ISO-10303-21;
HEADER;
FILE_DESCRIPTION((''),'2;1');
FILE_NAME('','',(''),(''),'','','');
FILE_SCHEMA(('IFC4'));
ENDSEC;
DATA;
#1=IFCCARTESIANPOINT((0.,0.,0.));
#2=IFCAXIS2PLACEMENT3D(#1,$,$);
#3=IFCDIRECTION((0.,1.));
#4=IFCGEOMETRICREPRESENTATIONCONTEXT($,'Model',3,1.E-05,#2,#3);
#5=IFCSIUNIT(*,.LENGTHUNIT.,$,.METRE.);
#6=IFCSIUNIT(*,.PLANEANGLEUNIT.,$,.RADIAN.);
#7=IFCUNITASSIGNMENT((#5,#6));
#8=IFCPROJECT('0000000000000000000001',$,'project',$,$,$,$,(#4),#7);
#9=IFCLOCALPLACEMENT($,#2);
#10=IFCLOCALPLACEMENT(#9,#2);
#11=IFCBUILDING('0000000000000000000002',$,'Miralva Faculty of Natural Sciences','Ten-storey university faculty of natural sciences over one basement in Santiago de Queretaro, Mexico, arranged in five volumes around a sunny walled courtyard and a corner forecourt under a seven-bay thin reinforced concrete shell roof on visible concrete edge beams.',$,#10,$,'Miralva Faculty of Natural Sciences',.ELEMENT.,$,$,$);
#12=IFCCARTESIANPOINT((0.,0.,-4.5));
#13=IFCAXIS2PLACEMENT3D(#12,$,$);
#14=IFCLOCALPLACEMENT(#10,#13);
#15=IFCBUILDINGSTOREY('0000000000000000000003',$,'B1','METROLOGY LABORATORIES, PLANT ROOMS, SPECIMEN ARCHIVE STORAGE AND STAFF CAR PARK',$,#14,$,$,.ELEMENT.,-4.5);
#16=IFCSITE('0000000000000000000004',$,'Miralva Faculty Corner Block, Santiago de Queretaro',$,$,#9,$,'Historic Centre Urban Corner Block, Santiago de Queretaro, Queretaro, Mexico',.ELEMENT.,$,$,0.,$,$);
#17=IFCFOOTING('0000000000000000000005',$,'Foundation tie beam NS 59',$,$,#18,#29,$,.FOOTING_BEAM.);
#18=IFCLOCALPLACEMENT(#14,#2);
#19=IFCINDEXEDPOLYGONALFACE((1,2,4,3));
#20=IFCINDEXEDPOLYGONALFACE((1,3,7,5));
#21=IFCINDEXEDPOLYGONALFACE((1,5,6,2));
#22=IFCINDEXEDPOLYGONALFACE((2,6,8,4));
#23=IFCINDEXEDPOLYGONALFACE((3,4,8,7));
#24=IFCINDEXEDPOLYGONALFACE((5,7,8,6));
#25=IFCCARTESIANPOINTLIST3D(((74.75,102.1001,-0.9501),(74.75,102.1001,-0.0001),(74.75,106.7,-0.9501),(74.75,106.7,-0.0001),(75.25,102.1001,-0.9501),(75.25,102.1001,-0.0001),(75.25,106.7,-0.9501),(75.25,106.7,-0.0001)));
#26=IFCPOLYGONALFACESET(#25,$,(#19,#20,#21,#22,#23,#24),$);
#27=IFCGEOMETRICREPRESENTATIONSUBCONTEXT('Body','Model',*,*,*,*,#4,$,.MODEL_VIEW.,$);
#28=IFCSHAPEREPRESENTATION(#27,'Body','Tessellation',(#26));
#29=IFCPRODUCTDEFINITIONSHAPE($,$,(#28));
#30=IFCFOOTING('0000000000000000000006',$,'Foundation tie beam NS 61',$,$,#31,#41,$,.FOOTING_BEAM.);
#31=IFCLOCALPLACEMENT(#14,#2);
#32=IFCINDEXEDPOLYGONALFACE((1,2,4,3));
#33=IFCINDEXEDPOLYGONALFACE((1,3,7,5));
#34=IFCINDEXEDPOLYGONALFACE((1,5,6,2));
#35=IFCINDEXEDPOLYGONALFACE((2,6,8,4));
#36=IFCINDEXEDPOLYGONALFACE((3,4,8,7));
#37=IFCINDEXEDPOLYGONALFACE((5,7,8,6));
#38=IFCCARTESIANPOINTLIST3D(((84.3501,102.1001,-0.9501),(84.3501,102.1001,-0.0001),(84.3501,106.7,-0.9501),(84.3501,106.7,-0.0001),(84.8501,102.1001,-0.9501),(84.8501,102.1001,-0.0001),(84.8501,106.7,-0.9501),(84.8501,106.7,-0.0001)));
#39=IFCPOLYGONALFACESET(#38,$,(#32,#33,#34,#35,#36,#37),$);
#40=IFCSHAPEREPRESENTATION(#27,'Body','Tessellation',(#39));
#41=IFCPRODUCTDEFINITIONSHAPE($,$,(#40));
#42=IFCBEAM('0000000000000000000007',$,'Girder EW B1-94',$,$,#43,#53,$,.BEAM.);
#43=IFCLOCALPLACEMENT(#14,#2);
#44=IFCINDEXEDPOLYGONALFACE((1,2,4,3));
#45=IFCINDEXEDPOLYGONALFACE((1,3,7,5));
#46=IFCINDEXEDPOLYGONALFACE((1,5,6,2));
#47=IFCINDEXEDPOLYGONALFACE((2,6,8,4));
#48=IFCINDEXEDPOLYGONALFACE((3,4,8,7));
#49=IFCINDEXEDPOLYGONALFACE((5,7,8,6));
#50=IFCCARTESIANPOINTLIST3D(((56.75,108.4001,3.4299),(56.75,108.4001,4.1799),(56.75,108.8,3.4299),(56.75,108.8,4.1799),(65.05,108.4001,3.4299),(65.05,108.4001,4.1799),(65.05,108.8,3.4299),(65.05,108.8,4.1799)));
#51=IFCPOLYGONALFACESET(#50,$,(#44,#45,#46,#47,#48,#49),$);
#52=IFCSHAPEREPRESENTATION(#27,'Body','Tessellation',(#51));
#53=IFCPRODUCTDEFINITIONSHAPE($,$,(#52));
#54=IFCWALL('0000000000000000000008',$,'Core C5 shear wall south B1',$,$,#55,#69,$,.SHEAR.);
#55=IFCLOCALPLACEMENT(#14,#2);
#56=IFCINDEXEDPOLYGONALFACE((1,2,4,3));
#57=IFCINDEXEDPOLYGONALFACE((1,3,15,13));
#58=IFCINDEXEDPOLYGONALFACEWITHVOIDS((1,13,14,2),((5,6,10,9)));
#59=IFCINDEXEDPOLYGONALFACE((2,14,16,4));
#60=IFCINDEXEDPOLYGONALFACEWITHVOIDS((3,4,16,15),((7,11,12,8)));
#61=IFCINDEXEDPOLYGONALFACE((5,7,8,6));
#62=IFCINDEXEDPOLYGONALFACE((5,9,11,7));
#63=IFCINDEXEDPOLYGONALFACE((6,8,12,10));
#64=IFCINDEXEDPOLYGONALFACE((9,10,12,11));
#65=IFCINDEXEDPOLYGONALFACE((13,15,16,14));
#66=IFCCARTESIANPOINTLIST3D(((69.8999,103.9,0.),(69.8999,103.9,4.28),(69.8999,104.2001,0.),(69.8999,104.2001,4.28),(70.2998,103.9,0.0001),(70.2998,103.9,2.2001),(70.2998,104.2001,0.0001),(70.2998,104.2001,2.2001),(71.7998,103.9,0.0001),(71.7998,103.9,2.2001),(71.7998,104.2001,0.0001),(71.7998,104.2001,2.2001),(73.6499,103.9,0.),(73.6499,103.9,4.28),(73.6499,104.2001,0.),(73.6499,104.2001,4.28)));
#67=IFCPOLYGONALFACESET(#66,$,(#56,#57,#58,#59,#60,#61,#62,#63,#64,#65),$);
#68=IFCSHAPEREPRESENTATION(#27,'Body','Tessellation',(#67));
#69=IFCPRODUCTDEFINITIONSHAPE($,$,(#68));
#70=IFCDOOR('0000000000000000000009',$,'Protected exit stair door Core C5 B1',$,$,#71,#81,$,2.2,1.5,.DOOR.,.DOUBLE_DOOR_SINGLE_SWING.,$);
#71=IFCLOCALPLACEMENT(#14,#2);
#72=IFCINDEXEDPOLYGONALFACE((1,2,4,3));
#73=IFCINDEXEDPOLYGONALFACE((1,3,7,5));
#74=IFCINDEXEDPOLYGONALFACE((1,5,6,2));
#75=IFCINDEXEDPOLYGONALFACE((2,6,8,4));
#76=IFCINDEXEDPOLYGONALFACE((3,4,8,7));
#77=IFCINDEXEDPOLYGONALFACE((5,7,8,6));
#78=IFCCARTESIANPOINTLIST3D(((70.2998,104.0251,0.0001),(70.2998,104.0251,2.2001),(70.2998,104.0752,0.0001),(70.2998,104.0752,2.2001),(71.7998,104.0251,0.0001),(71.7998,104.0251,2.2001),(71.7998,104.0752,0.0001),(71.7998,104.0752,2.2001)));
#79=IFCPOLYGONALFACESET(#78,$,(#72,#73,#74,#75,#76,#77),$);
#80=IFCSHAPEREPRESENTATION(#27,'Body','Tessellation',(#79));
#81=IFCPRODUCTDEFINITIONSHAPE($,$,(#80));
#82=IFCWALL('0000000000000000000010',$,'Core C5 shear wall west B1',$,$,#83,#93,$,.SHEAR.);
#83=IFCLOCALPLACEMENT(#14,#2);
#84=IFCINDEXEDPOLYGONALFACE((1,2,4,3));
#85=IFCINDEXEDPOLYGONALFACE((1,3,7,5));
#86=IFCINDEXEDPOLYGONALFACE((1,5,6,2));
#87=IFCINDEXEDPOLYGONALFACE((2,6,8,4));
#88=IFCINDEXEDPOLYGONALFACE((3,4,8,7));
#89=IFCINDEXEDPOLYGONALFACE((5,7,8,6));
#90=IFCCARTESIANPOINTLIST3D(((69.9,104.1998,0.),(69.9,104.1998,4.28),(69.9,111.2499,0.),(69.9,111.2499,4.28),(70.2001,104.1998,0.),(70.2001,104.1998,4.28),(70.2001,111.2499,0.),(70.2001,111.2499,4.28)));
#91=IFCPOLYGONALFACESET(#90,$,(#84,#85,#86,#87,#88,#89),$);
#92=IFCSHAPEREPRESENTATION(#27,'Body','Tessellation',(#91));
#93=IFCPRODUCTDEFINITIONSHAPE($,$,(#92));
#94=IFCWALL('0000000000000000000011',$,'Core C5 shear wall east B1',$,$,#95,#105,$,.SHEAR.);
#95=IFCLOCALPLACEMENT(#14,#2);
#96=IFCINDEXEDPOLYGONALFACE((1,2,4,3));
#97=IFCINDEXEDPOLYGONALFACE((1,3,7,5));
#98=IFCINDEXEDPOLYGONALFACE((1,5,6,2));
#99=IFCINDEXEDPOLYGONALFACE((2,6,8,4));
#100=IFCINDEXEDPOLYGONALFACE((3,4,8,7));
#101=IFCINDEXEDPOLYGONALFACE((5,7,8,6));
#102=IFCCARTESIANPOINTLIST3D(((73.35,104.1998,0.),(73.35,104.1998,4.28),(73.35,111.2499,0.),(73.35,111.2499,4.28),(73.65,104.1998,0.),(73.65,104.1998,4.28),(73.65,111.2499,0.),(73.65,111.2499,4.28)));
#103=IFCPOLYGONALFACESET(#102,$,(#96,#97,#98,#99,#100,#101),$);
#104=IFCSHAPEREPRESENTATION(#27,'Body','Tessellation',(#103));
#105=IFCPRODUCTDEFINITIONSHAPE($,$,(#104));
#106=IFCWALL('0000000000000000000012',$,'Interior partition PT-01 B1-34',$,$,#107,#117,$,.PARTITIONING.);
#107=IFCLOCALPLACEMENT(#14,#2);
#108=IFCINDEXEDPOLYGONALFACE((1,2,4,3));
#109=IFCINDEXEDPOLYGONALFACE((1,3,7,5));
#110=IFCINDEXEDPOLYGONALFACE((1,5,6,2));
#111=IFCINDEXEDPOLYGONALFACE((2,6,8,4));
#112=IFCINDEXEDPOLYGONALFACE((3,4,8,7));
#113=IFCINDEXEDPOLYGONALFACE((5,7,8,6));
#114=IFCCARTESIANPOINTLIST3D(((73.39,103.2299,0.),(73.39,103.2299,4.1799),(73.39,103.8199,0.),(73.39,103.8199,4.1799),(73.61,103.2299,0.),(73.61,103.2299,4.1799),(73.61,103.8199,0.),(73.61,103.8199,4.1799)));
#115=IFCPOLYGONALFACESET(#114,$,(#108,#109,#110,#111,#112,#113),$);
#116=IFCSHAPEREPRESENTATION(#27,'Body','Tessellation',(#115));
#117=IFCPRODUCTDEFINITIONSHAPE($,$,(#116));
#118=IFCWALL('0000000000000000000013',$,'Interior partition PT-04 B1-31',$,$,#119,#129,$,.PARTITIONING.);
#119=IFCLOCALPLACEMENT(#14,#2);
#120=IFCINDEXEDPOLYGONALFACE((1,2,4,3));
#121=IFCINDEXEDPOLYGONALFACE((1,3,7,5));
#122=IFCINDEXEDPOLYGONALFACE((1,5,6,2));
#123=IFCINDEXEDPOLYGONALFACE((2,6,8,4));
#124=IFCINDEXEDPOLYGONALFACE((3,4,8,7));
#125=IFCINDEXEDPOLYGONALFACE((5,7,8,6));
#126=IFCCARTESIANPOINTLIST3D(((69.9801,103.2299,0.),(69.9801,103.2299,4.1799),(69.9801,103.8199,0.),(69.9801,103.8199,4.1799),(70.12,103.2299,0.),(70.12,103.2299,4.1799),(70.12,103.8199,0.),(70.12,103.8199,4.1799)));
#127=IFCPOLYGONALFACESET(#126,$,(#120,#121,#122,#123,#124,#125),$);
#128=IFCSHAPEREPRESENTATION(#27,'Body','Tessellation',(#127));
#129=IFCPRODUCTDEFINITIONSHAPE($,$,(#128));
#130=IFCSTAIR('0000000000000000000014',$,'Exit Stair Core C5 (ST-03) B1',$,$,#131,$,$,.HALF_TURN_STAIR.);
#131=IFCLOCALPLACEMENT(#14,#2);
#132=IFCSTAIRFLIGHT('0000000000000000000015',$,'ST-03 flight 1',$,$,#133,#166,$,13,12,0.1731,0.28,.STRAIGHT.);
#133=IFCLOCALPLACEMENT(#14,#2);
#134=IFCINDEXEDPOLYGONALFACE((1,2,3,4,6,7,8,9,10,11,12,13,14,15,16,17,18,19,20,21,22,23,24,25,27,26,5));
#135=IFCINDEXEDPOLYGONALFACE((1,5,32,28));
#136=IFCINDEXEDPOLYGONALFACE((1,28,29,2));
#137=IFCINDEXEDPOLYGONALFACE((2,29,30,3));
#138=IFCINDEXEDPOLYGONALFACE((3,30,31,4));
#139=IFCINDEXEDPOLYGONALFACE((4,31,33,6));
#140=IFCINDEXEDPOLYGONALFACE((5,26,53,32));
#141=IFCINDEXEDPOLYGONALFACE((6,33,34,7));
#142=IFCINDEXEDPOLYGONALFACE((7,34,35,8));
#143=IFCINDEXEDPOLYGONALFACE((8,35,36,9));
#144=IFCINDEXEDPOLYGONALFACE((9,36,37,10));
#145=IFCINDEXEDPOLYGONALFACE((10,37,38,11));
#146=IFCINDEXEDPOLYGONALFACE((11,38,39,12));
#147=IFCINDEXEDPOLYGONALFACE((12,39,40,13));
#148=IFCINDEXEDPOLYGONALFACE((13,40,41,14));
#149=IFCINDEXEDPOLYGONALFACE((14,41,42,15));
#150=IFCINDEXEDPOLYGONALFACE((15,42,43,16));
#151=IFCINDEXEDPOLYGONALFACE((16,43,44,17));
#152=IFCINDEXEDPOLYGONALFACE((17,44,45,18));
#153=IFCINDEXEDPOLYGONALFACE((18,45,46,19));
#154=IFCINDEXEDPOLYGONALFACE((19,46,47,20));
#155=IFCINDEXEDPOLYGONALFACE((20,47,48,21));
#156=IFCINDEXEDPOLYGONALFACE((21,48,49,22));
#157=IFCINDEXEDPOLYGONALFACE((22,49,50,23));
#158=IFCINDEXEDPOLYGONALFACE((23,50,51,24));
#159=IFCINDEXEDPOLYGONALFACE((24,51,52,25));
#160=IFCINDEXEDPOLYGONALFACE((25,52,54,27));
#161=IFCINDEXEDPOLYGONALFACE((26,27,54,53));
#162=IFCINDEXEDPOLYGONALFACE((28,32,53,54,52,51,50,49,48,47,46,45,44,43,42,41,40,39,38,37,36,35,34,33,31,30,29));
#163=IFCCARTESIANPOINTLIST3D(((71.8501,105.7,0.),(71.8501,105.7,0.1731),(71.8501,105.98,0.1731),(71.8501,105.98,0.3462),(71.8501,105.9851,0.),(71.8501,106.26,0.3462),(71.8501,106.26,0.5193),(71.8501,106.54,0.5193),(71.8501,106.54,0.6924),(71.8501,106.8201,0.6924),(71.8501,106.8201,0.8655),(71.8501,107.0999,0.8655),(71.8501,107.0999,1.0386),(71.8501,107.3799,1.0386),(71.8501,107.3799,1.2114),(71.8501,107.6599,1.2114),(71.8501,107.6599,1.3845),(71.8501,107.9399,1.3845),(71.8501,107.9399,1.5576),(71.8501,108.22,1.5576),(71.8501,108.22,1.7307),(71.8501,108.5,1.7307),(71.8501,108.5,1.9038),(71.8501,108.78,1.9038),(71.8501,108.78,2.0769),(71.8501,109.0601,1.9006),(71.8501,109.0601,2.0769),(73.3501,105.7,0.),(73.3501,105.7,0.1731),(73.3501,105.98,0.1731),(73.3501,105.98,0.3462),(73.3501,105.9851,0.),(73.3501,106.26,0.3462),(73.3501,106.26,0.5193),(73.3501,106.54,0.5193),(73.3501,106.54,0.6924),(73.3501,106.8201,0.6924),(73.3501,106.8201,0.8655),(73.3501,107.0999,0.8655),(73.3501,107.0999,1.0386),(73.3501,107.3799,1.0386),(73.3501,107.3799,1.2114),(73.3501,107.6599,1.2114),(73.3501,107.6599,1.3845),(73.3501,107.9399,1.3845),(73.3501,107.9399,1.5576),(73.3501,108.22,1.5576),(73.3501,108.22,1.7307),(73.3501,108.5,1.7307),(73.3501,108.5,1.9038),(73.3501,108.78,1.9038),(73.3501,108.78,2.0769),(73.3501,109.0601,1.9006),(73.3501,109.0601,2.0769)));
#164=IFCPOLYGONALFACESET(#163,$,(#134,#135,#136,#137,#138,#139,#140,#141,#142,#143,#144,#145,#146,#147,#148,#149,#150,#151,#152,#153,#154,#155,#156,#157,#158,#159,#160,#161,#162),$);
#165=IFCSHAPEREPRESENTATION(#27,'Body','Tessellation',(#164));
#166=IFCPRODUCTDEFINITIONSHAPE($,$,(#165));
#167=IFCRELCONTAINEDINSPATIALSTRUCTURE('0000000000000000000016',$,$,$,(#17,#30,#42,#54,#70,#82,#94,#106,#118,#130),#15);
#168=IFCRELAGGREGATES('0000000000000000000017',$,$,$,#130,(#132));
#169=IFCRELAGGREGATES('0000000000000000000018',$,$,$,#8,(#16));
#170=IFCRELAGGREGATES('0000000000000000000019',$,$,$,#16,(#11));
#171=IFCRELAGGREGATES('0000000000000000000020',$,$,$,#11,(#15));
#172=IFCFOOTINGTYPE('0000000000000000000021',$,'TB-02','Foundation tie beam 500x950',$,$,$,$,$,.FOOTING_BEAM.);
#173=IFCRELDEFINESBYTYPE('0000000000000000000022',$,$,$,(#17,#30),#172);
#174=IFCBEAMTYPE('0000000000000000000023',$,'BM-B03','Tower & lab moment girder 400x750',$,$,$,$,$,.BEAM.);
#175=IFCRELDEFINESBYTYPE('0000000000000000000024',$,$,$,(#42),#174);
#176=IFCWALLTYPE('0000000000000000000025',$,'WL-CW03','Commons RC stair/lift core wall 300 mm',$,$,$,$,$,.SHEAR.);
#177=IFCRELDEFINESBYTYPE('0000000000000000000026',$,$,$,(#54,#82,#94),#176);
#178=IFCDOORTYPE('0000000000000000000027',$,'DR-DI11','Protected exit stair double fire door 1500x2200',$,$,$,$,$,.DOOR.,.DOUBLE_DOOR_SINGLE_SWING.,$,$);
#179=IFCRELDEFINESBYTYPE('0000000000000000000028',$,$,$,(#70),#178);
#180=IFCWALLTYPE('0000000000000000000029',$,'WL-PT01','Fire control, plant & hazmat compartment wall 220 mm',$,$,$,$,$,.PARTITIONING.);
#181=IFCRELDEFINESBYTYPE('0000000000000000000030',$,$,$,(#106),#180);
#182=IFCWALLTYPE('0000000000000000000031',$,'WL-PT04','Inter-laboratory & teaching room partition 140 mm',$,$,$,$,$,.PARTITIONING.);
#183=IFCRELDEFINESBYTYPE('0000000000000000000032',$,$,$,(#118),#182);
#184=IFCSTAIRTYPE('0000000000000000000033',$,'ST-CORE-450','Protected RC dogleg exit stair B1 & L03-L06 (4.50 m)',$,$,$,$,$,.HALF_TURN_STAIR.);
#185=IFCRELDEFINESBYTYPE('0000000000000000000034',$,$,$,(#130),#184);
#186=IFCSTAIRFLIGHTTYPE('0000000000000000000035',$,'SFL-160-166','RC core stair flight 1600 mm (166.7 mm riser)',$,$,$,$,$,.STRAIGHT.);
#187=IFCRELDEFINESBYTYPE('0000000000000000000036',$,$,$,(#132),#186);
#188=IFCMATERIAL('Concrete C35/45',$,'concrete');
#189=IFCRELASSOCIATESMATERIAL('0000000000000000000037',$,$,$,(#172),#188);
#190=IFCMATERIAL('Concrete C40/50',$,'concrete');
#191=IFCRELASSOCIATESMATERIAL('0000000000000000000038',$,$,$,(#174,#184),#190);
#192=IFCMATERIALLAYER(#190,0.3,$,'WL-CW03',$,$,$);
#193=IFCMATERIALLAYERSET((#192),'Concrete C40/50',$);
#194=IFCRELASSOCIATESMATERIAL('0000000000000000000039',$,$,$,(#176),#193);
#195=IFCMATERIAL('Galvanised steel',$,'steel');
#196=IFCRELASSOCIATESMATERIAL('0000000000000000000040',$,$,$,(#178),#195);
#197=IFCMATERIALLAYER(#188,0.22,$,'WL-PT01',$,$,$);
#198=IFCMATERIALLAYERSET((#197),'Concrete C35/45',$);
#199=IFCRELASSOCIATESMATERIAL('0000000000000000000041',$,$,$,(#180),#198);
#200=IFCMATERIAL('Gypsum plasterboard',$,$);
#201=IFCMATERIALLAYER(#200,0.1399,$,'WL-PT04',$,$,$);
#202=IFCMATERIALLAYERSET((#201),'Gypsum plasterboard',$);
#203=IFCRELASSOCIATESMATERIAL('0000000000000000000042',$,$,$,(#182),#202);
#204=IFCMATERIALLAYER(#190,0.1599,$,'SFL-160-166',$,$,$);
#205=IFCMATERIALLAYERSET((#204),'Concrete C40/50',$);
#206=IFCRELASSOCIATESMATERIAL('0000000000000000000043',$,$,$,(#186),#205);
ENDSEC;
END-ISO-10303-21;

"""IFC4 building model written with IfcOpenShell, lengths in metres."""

from ifc_helpers import new_model, si_unit, direction, frame, frame_2d, origin, origin_2d, place, context, subcontext, project, spatial, polyline, rectangle, outline, extrude, material, layer, layer_set, material_profile, profile_set, type_object, element, fill, aggregate, save


model = new_model("IFC4")

# Units and contexts
model_context = context("Model", 3, precision=1e-05, world=origin(), true_north=direction((0.0, 1.0)))
body_context = subcontext(model_context, "Body", "Model", "MODEL_VIEW")
ifc_project = project(units=[si_unit("LENGTHUNIT", "METRE"), si_unit("PLANEANGLEUNIT", "RADIAN")], contexts=[model_context])

# Site, building, storey
site_placement = place(None, origin())
site = spatial("IfcSite", under=ifc_project, at=site_placement, Name="Miralva Faculty Corner Block, Santiago de Queretaro", LongName="Historic Centre Urban Corner Block, Santiago de Queretaro, Queretaro, Mexico", CompositionType="ELEMENT", RefElevation=0.0)
building_placement = place(site_placement, origin())
building = spatial("IfcBuilding", under=site, at=building_placement, Name="Miralva Faculty of Natural Sciences", Description="Ten-storey university faculty of natural sciences over one basement in Santiago de Queretaro, Mexico, arranged in five volumes around a sunny walled courtyard and a corner forecourt under a seven-bay thin reinforced concrete shell roof on visible concrete edge beams.", LongName="Miralva Faculty of Natural Sciences", CompositionType="ELEMENT")
storey_placement = place(building_placement, frame((0.0, 0.0, -4.5)))
storey = spatial("IfcBuildingStorey", under=building, at=storey_placement, Name="B1", Description="METROLOGY LABORATORIES, PLANT ROOMS, SPECIMEN ARCHIVE STORAGE AND STAFF CAR PARK", CompositionType="ELEMENT", Elevation=-4.5)

# Shared definitions
ifc_material_1 = material(Name="Concrete C40/50", Category="concrete")

# Shared definitions
ifc_material_2 = material(Name="Concrete C35/45", Category="concrete")

# Footings
ifc_material_profile_1 = material_profile(ifc_material_2, rectangle(XDim=0.5, YDim=0.95, at=origin_2d()), Name="RC 500x950")
ifc_profile_set_1 = profile_set([ifc_material_profile_1], Name="Concrete C35/45")
footing_type_1 = type_object("IfcFootingType", Name="TB-02", Description="Foundation tie beam 500x950", PredefinedType="FOOTING_BEAM", material=ifc_profile_set_1)
for number, where, z_axis, x_axis, name in (
    (1, (75.0, 102.1001, -0.4751), (0.0, 1.0, 0.0), (-1.0, 0.0, 0.0), "Foundation tie beam NS 59"),
    (2, (84.6001, 102.1001, -0.4751), (0.0, 1.0, 0.0), (-1.0, 0.0, 0.0), "Foundation tie beam NS 61"),
):
    element("IfcFooting", number, at=place(storey_placement, frame(where, z_axis=z_axis, x_axis=x_axis)), inside=storey, type_object=footing_type_1, Name=name, PredefinedType="FOOTING_BEAM", context=body_context, shape_type="SweptSolid", body=[
        extrude(rectangle(XDim=0.5, YDim=0.95, at=origin_2d()), origin(), (0.0, 0.0, 1.0), 4.5999),
    ])

# Beam
ifc_material_profile_2 = material_profile(ifc_material_1, rectangle(XDim=0.3999, YDim=0.75, at=origin_2d()), Name="RC 400x750")
ifc_profile_set_2 = profile_set([ifc_material_profile_2], Name="Concrete C40/50")
beam_type = type_object("IfcBeamType", Name="BM-B03", Description="Tower & lab moment girder 400x750", PredefinedType="BEAM", material=ifc_profile_set_2)
beam_placement = place(storey_placement, frame((56.75, 108.6001, 3.8049), z_axis=(1.0, 0.0, 0.0), x_axis=(0.0, 1.0, 0.0)))
element("IfcBeam", 3, at=beam_placement, inside=storey, type_object=beam_type, Name="Girder EW B1-94", PredefinedType="BEAM", context=body_context, shape_type="SweptSolid", body=[
    extrude(rectangle(XDim=0.3999, YDim=0.75, at=origin_2d()), origin(), (0.0, 0.0, 1.0), 8.3),
])

# Wall, opening, door
ifc_layer_1 = layer(ifc_material_1, 0.3, Name="WL-CW03")
ifc_layer_set_1 = layer_set([ifc_layer_1], Name="Concrete C40/50")
wall_type_1 = type_object("IfcWallType", Name="WL-CW03", Description="Commons RC stair/lift core wall 300 mm", PredefinedType="SHEAR", material=ifc_layer_set_1)
wall_1_placement = place(storey_placement, frame((69.8999, 104.05, 0.0), z_axis=(0.0, 0.0, 1.0), x_axis=(1.0, 0.0, 0.0)))
wall_1 = element("IfcWall", 4, at=wall_1_placement, inside=storey, type_object=wall_type_1, Name="Core C5 shear wall south B1", PredefinedType="SHEAR", context=body_context, shape_type="SweptSolid", body=[
    extrude(rectangle(XDim=3.75, YDim=0.3, at=frame_2d((1.875, 0.0))), origin(), (0.0, 0.0, 1.0), 4.28),
])
opening_1_placement = place(wall_1_placement, frame((0.3999, 0.0, 0.0)))
opening_1 = element("IfcOpeningElement", 5, at=opening_1_placement, cuts=wall_1, PredefinedType="OPENING", context=body_context, shape_type="SweptSolid", body=[
    extrude(rectangle(XDim=1.5, YDim=2.2, at=frame_2d((0.75, 1.1001))), frame((0.0, 0.1599, 0.0), z_axis=(0.0, -1.0, 0.0), x_axis=(1.0, 0.0, 0.0)), (0.0, 0.0, 1.0), 0.3201),
])
ifc_material_3 = material(Name="Galvanised steel", Category="steel")
door_type_1 = type_object("IfcDoorType", Name="DR-DI11", Description="Protected exit stair double fire door 1500x2200", OperationType="DOUBLE_DOOR_SINGLE_SWING", PredefinedType="DOOR", material=ifc_material_3)
door_1_placement = place(opening_1_placement, frame((1.5, 0.0, 0.0), z_axis=(0.0, 0.0, 1.0), x_axis=(-1.0, 0.0, 0.0)))
door_1 = element("IfcDoor", 6, at=door_1_placement, inside=storey, type_object=door_type_1, Name="Protected exit stair door Core C5 B1", OperationType="DOUBLE_DOOR_SINGLE_SWING", OverallHeight=2.2, OverallWidth=1.5, PredefinedType="DOOR", context=body_context, shape_type="SweptSolid", body=[
    extrude(rectangle(XDim=1.5, YDim=2.2, at=frame_2d((0.75, 1.1001))), frame((0.0, 0.0249, 0.0), z_axis=(0.0, -1.0, 0.0), x_axis=(1.0, 0.0, 0.0)), (0.0, 0.0, 1.0), 0.05),
])
fill(opening_1, door_1)

# Walls
for number, where, z_axis, x_axis, name in (
    (7, (70.05, 104.2, 0.0), (0.0, 0.0, 1.0), (0.0, 1.0, 0.0), "Core C5 shear wall west B1"),
    (8, (73.5, 104.2, 0.0), (0.0, 0.0, 1.0), (0.0, 1.0, 0.0), "Core C5 shear wall east B1"),
):
    element("IfcWall", number, at=place(storey_placement, frame(where, z_axis=z_axis, x_axis=x_axis)), inside=storey, type_object=wall_type_1, Name=name, PredefinedType="SHEAR", context=body_context, shape_type="SweptSolid", body=[
        extrude(rectangle(XDim=7.05, YDim=0.3, at=frame_2d((3.5249, 0.0))), origin(), (0.0, 0.0, 1.0), 4.28),
    ])

# Shared definitions
ifc_layer_2 = layer(ifc_material_2, 0.22, Name="WL-PT01")
ifc_layer_set_2 = layer_set([ifc_layer_2], Name="Concrete C35/45")
wall_type_2 = type_object("IfcWallType", Name="WL-PT01", Description="Fire control, plant & hazmat compartment wall 220 mm", PredefinedType="PARTITIONING", material=ifc_layer_set_2)

# Walls
wall_2_placement = place(storey_placement, frame((73.5, 103.23, 0.0), z_axis=(0.0, 0.0, 1.0), x_axis=(0.0, 1.0, 0.0)))
element("IfcWall", 9, at=wall_2_placement, inside=storey, type_object=wall_type_2, Name="Interior partition PT-01 B1-34", PredefinedType="PARTITIONING", context=body_context, shape_type="SweptSolid", body=[
    extrude(rectangle(XDim=0.5901, YDim=0.22, at=frame_2d((0.2949, 0.0))), origin(), (0.0, 0.0, 1.0), 4.1799),
])
ifc_material_4 = material(Name="Gypsum plasterboard")
ifc_layer_3 = layer(ifc_material_4, 0.1399, Name="WL-PT04")
ifc_layer_set_3 = layer_set([ifc_layer_3], Name="Gypsum plasterboard")
wall_type_3 = type_object("IfcWallType", Name="WL-PT04", Description="Inter-laboratory & teaching room partition 140 mm", PredefinedType="PARTITIONING", material=ifc_layer_set_3)
wall_3_placement = place(storey_placement, frame((70.05, 103.23, 0.0), z_axis=(0.0, 0.0, 1.0), x_axis=(0.0, 1.0, 0.0)))
element("IfcWall", 10, at=wall_3_placement, inside=storey, type_object=wall_type_3, Name="Interior partition PT-04 B1-31", PredefinedType="PARTITIONING", context=body_context, shape_type="SweptSolid", body=[
    extrude(rectangle(XDim=0.5901, YDim=0.1399, at=frame_2d((0.2949, 0.0))), origin(), (0.0, 0.0, 1.0), 4.1799),
])

# Stair, stair flight
stair_type = type_object("IfcStairType", Name="ST-CORE-450", Description="Protected RC dogleg exit stair B1 & L03-L06 (4.50 m)", PredefinedType="HALF_TURN_STAIR", material=ifc_material_1)
stair_placement = place(storey_placement, origin())
stair = element("IfcStair", 11, at=stair_placement, inside=storey, type_object=stair_type, Name="Exit Stair Core C5 (ST-03) B1", PredefinedType="HALF_TURN_STAIR")
ifc_layer_4 = layer(ifc_material_1, 0.1599, Name="SFL-160-166")
ifc_layer_set_4 = layer_set([ifc_layer_4], Name="Concrete C40/50")
stair_flight_type = type_object("IfcStairFlightType", Name="SFL-160-166", Description="RC core stair flight 1600 mm (166.7 mm riser)", PredefinedType="STRAIGHT", material=ifc_layer_set_4)
stair_flight_placement = place(storey_placement, frame((72.6001, 105.7, 0.0), z_axis=(0.0, 0.0, 1.0), x_axis=(0.0, 1.0, 0.0)))
stair_flight = element("IfcStairFlight", 12, at=stair_flight_placement, type_object=stair_flight_type, Name="ST-03 flight 1", NumberOfRisers=13, NumberOfTreads=12, PredefinedType="STRAIGHT", RiserHeight=0.1731, TreadLength=0.28, context=body_context, shape_type="SweptSolid", body=[
    extrude(outline(polyline([(0.0, 0.0), (0.0, 0.1731), (0.28, 0.1731), (0.28, 0.3462), (0.5601, 0.3462), (0.5601, 0.5193), (0.8401, 0.5193), (0.8401, 0.6924), (1.1201, 0.6924), (1.1201, 0.8655), (1.3999, 0.8655), (1.3999, 1.0386), (1.6799, 1.0386), (1.6799, 1.2114), (1.96, 1.2114), (1.96, 1.3845), (2.24, 1.3845), (2.24, 1.5576), (2.52, 1.5576), (2.52, 1.7307), (2.8, 1.7307), (2.8, 1.9038), (3.0801, 1.9038), (3.0801, 2.0769), (3.3601, 2.0769), (3.3601, 2.25), (3.3601, 1.9006), (0.2852, 0.0), (0.0, 0.0)])), frame((0.0, 0.75, 0.0), z_axis=(0.0, -1.0, 0.0), x_axis=(1.0, 0.0, 0.0)), (0.0, 0.0, 1.0), 1.5),
])
aggregate(stair, [stair_flight])

save(model, "model.ifc")
